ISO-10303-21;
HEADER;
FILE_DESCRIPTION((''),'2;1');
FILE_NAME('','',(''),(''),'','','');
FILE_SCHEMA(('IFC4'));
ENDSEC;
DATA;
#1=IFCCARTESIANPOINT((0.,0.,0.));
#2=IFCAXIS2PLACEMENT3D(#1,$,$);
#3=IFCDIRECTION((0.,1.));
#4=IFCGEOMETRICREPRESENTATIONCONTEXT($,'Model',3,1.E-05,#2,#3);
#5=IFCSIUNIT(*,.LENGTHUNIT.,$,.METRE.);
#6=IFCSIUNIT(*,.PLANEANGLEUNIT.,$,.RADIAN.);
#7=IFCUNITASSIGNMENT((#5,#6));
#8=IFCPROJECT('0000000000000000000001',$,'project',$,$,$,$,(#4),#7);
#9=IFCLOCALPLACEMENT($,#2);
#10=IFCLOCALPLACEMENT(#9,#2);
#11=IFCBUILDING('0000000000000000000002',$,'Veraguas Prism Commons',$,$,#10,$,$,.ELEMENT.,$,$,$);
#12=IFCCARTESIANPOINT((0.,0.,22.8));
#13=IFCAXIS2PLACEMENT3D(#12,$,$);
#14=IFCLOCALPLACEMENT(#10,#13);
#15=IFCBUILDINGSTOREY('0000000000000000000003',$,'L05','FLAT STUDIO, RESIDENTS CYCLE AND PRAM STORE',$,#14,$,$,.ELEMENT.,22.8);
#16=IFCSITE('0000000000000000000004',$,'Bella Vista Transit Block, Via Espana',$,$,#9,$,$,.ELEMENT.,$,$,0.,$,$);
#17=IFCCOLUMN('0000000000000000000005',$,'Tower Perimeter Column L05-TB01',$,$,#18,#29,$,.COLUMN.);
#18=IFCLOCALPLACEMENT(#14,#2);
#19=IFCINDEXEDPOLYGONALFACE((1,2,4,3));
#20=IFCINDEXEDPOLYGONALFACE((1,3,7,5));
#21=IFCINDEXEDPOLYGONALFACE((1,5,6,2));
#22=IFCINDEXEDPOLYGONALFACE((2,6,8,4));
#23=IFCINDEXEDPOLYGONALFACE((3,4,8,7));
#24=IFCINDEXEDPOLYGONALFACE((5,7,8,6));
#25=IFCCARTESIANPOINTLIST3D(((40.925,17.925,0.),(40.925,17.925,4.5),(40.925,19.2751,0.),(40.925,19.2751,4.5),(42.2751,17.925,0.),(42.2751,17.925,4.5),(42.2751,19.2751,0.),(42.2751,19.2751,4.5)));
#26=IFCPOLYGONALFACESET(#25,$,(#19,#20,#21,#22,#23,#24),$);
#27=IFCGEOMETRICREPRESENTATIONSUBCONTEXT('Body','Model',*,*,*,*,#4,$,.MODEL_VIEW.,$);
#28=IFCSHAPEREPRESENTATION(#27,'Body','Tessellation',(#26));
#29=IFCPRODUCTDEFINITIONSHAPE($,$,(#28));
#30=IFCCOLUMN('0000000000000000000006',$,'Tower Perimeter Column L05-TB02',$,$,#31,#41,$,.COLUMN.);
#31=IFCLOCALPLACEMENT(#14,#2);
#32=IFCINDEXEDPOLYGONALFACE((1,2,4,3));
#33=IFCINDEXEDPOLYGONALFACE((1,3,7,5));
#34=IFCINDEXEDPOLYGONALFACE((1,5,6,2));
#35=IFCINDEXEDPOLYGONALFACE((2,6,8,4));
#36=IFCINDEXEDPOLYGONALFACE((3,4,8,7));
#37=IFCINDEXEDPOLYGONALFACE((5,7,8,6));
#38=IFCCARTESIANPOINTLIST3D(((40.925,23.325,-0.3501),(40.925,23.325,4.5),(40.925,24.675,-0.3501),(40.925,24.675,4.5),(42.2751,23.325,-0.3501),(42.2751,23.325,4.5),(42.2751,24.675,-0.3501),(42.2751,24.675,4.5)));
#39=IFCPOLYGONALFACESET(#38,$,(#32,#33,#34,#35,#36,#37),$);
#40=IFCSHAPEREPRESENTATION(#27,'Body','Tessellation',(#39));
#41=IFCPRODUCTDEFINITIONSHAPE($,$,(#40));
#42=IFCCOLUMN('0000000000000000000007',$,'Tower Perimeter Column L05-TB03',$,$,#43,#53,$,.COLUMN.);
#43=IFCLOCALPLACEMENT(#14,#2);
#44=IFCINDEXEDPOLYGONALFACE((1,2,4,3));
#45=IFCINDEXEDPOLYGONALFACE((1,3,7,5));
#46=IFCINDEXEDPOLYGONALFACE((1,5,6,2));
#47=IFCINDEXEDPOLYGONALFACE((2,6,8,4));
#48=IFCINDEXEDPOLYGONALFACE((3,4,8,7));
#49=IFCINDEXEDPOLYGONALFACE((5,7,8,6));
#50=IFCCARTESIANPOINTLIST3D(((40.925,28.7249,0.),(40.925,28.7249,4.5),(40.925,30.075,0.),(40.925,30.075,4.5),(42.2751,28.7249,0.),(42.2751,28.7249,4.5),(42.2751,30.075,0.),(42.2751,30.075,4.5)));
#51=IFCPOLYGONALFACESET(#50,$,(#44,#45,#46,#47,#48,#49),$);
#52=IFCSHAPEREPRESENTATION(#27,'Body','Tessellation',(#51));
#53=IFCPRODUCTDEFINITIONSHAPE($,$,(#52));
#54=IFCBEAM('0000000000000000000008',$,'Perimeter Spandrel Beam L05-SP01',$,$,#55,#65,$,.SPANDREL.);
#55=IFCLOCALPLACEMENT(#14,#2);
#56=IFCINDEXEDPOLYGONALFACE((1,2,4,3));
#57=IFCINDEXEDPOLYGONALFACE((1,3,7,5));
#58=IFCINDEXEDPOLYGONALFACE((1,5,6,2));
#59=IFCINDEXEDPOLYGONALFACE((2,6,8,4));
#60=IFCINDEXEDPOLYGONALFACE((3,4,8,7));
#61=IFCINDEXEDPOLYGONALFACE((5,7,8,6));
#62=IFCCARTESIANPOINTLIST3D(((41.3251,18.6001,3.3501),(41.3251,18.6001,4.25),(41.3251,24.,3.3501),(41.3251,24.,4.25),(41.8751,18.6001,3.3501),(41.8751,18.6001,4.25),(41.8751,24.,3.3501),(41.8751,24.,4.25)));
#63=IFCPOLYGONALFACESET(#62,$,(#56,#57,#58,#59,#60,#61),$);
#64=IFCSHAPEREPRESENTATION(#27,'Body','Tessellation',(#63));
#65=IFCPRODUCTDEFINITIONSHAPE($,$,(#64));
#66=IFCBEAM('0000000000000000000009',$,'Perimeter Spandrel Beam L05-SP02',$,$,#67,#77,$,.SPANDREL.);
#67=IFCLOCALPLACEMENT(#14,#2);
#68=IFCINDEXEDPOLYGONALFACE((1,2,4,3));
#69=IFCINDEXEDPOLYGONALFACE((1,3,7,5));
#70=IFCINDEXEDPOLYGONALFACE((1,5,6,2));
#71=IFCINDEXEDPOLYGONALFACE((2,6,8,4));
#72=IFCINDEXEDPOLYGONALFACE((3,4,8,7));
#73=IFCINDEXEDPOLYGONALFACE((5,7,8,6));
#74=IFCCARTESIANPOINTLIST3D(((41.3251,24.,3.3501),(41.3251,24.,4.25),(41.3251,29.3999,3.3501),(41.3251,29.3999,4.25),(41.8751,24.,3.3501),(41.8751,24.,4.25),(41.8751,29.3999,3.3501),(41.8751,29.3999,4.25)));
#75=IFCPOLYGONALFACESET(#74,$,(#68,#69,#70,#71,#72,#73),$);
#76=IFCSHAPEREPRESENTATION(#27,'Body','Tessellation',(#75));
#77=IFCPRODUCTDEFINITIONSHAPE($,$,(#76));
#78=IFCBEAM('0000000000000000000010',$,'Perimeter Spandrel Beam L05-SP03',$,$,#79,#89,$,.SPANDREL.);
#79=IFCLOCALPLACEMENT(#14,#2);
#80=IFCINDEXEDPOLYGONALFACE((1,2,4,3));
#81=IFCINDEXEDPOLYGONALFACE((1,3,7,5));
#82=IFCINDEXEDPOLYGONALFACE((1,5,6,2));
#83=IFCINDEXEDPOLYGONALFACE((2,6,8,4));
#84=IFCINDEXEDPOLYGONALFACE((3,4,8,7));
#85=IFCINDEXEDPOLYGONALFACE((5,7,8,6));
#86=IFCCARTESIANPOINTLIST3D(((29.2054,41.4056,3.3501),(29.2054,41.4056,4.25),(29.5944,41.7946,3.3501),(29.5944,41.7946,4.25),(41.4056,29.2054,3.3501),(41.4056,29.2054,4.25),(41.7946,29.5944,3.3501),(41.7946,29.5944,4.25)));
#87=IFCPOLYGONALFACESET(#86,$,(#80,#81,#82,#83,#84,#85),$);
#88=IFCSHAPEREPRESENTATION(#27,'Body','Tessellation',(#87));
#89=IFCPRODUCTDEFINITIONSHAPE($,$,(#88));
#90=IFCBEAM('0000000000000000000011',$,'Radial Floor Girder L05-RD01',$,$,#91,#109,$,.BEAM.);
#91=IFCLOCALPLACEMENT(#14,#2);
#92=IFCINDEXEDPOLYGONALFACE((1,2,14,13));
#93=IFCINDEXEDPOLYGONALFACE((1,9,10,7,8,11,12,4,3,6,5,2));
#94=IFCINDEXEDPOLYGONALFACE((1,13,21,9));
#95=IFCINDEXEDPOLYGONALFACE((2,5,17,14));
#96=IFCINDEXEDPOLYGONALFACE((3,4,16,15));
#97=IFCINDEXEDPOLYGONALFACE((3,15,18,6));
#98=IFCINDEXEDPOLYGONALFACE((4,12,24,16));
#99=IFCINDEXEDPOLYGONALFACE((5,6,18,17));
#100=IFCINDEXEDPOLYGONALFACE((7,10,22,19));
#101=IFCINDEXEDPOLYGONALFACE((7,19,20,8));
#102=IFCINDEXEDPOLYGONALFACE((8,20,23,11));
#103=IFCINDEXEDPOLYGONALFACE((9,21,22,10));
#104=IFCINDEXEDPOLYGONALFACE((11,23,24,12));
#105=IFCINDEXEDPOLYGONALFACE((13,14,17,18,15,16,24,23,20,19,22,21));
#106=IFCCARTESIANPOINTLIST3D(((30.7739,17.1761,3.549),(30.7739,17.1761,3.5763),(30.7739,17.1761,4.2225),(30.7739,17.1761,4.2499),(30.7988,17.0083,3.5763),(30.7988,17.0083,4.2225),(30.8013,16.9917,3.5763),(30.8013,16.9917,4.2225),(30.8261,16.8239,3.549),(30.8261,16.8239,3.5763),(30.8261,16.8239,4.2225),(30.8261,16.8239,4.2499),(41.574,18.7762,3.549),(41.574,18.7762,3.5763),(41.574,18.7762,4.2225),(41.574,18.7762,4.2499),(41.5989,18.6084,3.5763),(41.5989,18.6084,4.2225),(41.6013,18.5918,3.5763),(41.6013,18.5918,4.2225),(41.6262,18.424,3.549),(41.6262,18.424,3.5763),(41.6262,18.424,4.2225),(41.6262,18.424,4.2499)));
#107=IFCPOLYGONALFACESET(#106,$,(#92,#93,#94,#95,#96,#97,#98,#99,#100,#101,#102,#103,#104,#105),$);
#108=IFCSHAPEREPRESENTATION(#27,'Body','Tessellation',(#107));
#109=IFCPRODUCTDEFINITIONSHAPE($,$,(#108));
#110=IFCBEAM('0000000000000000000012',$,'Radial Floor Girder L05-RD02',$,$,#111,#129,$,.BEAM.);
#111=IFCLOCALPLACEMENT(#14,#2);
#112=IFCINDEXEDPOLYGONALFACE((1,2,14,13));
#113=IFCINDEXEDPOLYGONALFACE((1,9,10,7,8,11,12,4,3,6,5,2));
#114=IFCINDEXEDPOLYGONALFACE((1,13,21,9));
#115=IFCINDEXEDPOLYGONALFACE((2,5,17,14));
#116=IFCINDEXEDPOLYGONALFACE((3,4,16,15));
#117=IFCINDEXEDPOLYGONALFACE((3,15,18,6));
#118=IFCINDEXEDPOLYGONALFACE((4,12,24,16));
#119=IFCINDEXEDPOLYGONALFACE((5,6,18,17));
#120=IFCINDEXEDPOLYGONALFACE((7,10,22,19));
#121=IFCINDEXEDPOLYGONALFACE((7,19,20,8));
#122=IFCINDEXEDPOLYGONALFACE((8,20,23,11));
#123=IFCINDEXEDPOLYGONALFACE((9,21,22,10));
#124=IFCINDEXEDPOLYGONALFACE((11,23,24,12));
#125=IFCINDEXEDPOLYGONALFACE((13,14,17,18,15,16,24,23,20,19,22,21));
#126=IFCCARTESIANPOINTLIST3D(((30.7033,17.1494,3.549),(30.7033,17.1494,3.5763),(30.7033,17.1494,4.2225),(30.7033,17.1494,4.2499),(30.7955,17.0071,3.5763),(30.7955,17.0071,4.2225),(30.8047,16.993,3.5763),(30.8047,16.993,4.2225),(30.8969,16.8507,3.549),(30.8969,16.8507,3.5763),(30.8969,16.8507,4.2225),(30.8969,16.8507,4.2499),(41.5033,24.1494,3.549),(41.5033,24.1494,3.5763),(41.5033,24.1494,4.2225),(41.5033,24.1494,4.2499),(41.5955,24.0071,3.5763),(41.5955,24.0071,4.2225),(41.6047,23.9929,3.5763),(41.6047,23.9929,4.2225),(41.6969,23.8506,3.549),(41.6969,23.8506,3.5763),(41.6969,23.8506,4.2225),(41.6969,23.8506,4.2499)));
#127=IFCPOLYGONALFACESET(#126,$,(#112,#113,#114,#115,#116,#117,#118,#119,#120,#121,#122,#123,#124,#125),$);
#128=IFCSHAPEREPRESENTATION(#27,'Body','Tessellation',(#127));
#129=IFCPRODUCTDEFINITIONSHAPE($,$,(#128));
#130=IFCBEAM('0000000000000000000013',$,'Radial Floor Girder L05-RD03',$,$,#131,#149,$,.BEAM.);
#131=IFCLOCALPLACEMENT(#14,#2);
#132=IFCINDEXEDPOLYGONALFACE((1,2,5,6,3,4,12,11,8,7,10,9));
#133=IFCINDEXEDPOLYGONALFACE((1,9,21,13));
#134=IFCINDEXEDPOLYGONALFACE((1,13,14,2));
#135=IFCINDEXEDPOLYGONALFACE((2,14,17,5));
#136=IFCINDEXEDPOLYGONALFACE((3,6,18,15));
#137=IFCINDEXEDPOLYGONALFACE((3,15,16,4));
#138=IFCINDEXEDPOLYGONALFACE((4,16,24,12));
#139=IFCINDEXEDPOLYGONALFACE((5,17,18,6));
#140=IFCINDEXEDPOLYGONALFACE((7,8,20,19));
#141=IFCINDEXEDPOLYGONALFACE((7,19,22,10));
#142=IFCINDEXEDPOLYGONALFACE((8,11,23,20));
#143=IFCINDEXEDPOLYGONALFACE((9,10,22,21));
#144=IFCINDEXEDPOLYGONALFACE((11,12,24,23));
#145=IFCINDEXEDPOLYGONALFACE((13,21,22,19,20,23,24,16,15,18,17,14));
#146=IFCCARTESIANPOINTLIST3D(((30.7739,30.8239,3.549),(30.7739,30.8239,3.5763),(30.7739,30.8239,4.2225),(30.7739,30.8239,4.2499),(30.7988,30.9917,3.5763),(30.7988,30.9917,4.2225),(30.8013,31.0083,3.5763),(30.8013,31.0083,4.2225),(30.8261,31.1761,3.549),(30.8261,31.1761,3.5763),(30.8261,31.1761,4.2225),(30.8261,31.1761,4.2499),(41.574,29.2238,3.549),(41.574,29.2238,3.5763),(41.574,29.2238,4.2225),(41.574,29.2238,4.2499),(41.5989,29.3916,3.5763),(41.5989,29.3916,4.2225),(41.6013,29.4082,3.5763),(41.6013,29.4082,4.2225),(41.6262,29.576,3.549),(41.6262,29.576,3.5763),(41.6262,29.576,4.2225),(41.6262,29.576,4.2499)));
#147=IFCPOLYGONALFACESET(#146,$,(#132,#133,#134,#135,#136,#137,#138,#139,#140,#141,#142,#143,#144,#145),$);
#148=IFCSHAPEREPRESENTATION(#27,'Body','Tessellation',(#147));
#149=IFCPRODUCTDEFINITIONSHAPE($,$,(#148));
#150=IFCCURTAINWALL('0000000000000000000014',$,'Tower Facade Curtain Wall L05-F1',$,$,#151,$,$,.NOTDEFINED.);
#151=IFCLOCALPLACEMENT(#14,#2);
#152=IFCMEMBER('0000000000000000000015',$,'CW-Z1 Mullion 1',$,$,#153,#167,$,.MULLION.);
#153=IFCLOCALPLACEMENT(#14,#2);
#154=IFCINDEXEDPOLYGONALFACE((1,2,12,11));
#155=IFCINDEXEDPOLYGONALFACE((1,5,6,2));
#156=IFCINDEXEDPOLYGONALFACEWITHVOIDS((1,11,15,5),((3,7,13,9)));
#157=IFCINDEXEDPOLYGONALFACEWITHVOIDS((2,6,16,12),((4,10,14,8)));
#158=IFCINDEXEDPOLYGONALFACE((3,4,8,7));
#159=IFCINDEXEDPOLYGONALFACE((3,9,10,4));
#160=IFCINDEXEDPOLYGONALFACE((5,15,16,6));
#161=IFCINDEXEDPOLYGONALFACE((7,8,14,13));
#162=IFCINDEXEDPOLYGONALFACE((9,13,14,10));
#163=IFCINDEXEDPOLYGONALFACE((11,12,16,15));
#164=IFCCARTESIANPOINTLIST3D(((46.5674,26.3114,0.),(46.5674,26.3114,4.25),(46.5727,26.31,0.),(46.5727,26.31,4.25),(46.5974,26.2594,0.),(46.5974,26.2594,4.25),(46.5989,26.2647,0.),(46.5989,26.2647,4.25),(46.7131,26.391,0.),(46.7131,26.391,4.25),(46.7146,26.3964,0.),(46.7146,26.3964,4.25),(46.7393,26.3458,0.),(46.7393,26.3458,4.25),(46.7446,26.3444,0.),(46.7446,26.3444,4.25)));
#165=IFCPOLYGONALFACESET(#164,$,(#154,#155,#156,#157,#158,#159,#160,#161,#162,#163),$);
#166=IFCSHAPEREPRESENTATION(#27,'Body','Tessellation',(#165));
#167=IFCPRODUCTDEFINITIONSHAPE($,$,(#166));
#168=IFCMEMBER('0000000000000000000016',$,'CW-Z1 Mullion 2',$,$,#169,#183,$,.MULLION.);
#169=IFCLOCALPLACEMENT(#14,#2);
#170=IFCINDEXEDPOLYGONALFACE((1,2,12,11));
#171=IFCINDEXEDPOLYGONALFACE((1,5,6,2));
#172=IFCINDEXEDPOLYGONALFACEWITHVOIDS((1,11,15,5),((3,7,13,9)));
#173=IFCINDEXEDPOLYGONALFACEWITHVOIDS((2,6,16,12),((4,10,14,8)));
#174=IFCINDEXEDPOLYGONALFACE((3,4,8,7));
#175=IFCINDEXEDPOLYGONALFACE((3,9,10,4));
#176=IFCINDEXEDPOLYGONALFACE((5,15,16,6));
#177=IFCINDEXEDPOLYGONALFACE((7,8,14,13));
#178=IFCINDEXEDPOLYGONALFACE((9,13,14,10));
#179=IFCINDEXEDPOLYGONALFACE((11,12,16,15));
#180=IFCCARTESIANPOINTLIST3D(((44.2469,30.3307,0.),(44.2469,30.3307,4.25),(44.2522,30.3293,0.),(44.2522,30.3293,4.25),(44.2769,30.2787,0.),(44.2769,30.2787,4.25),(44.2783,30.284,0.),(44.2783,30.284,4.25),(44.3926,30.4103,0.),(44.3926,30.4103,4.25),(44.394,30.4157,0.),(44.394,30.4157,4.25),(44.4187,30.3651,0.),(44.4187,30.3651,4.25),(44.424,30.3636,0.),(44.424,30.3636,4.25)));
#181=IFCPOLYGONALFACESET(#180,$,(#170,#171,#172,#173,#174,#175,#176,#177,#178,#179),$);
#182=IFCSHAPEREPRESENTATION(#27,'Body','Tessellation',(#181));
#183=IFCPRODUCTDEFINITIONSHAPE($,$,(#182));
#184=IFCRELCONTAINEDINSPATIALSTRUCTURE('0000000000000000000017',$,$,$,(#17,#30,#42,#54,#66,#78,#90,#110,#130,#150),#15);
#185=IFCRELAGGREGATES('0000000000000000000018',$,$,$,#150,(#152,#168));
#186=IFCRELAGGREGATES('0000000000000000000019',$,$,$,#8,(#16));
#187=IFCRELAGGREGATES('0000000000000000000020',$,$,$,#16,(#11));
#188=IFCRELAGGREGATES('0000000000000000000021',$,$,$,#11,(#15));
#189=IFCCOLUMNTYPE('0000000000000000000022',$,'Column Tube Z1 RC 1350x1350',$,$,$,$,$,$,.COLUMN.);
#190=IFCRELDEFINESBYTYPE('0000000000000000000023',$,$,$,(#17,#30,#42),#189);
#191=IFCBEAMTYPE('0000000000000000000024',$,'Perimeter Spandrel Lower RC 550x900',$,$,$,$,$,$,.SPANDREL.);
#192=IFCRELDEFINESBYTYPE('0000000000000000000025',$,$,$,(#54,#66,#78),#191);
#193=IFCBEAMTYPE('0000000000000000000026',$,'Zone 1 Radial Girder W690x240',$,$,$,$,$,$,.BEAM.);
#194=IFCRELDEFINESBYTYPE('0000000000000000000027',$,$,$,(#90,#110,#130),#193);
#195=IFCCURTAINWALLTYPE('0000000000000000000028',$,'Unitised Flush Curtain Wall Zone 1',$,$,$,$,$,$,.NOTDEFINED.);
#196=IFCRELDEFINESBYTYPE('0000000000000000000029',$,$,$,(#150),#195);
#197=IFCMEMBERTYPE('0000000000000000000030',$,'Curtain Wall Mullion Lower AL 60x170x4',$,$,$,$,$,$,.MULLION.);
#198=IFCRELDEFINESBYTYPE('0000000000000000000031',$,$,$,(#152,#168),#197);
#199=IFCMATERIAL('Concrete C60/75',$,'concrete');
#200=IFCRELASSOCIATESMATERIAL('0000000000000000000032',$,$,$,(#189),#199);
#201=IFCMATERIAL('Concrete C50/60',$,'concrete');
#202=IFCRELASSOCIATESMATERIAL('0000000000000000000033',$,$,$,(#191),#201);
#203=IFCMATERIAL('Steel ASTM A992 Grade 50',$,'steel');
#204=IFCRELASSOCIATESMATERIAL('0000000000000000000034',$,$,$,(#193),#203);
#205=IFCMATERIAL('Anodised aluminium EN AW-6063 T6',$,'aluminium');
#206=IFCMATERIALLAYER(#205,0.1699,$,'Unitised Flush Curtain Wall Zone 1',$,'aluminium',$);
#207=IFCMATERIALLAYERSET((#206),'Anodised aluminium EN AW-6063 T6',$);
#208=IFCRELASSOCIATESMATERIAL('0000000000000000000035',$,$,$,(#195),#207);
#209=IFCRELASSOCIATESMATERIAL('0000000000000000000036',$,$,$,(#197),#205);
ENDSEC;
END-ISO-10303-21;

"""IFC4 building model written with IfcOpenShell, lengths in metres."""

from ifc_helpers import new_model, si_unit, direction, frame, origin, origin_2d, place, context, subcontext, project, spatial, rectangle, hollow_rectangle, i_section, extrude, source, transform, mapped, material, layer, layer_set, material_profile, profile_set, type_object, element, aggregate, save


model = new_model("IFC4")

# Units and contexts
model_context = context("Model", 3, precision=1e-05, world=origin(), true_north=direction((0.0, 1.0)))
body_context = subcontext(model_context, "Body", "Model", "MODEL_VIEW")
ifc_project = project(units=[si_unit("LENGTHUNIT", "METRE"), si_unit("PLANEANGLEUNIT", "RADIAN")], contexts=[model_context])

# Site, building, storey
site_placement = place(None, origin())
site = spatial("IfcSite", under=ifc_project, at=site_placement, Name="Bella Vista Transit Block, Via Espana", CompositionType="ELEMENT", RefElevation=0.0)
building_placement = place(site_placement, origin())
building = spatial("IfcBuilding", under=site, at=building_placement, Name="Veraguas Prism Commons", CompositionType="ELEMENT")
storey_placement = place(building_placement, frame((0.0, 0.0, 22.8)))
storey = spatial("IfcBuildingStorey", under=building, at=storey_placement, Name="L05", Description="FLAT STUDIO, RESIDENTS CYCLE AND PRAM STORE", CompositionType="ELEMENT", Elevation=22.8)

# Columns
ifc_material_1 = material(Name="Concrete C60/75", Category="concrete")
ifc_material_profile_1 = material_profile(ifc_material_1, rectangle(XDim=1.3501, YDim=1.3501, at=origin_2d()), Name="RC1350X1350")
ifc_profile_set_1 = profile_set([ifc_material_profile_1], Name="Concrete C60/75")
column_type = type_object("IfcColumnType", Name="Column Tube Z1 RC 1350x1350", PredefinedType="COLUMN", material=ifc_profile_set_1)
column_1_placement = place(storey_placement, frame((41.6001, 18.6001, 0.0), z_axis=(0.0, 0.0, 1.0), x_axis=(1.0, 0.0, 0.0)))
element("IfcColumn", 1, at=column_1_placement, inside=storey, type_object=column_type, Name="Tower Perimeter Column L05-TB01", PredefinedType="COLUMN", context=body_context, shape_type="SweptSolid", body=[
    extrude(rectangle(XDim=1.3501, YDim=1.3501, at=origin_2d()), origin(), (0.0, 0.0, 1.0), 4.5),
])
column_2_placement = place(storey_placement, frame((41.6001, 24.0, -0.3501), z_axis=(0.0, 0.0, 1.0), x_axis=(1.0, 0.0, 0.0)))
element("IfcColumn", 2, at=column_2_placement, inside=storey, type_object=column_type, Name="Tower Perimeter Column L05-TB02", PredefinedType="COLUMN", context=body_context, shape_type="SweptSolid", body=[
    extrude(rectangle(XDim=1.3501, YDim=1.3501, at=origin_2d()), origin(), (0.0, 0.0, 1.0), 4.8501),
])
column_3_placement = place(storey_placement, frame((41.6001, 29.3999, 0.0), z_axis=(0.0, 0.0, 1.0), x_axis=(1.0, 0.0, 0.0)))
element("IfcColumn", 3, at=column_3_placement, inside=storey, type_object=column_type, Name="Tower Perimeter Column L05-TB03", PredefinedType="COLUMN", context=body_context, shape_type="SweptSolid", body=[
    extrude(rectangle(XDim=1.3501, YDim=1.3501, at=origin_2d()), origin(), (0.0, 0.0, 1.0), 4.5),
])

# Beams
ifc_material_2 = material(Name="Concrete C50/60", Category="concrete")
ifc_material_profile_2 = material_profile(ifc_material_2, rectangle(XDim=0.55, YDim=0.8999, at=origin_2d()), Name="RC550X900")
ifc_profile_set_2 = profile_set([ifc_material_profile_2], Name="Concrete C50/60")
beam_type_1 = type_object("IfcBeamType", Name="Perimeter Spandrel Lower RC 550x900", PredefinedType="SPANDREL", material=ifc_profile_set_2)
for number, where, z_axis, x_axis, name in (
    (4, (41.6001, 18.6001, 3.8), (0.0, 1.0, 0.0), (-1.0, 0.0, 0.0), "Perimeter Spandrel Beam L05-SP01"),
    (5, (41.6001, 24.0, 3.8), (0.0, 1.0, 0.0), (-1.0, 0.0, 0.0), "Perimeter Spandrel Beam L05-SP02"),
):
    element("IfcBeam", number, at=place(storey_placement, frame(where, z_axis=z_axis, x_axis=x_axis)), inside=storey, type_object=beam_type_1, Name=name, PredefinedType="SPANDREL", context=body_context, shape_type="SweptSolid", body=[
        extrude(rectangle(XDim=0.55, YDim=0.8999, at=origin_2d()), origin(), (0.0, 0.0, 1.0), 5.3999),
    ])
beam_1_placement = place(storey_placement, frame((41.6001, 29.3999, 3.8), z_axis=(-0.707107, 0.707107, 0.0), x_axis=(-0.707107, -0.707107, 0.0)))
element("IfcBeam", 6, at=beam_1_placement, inside=storey, type_object=beam_type_1, Name="Perimeter Spandrel Beam L05-SP03", PredefinedType="SPANDREL", context=body_context, shape_type="SweptSolid", body=[
    extrude(rectangle(XDim=0.55, YDim=0.8999, at=origin_2d()), origin(), (0.0, 0.0, 1.0), 17.2537),
])
ifc_material_3 = material(Name="Steel ASTM A992 Grade 50", Category="steel")
ifc_material_profile_3 = material_profile(ifc_material_3, i_section(OverallWidth=0.356, OverallDepth=0.7009, WebThickness=0.0168, FlangeThickness=0.0273, at=origin_2d()), Name="W690X240")
ifc_profile_set_3 = profile_set([ifc_material_profile_3], Name="Steel ASTM A992 Grade 50")
beam_type_2 = type_object("IfcBeamType", Name="Zone 1 Radial Girder W690x240", PredefinedType="BEAM", material=ifc_profile_set_3)
beam_2_placement = place(storey_placement, frame((41.6001, 18.6001, 3.8994), z_axis=(-0.989202, -0.146557, 0.0), x_axis=(0.146557, -0.989202, 0.0)))
element("IfcBeam", 7, at=beam_2_placement, inside=storey, type_object=beam_type_2, Name="Radial Floor Girder L05-RD01", PredefinedType="BEAM", context=body_context, shape_type="SweptSolid", body=[
    extrude(i_section(OverallWidth=0.356, OverallDepth=0.7009, WebThickness=0.0168, FlangeThickness=0.0273, at=origin_2d()), origin(), (0.0, 0.0, 1.0), 10.918),
])
beam_3_placement = place(storey_placement, frame((41.6001, 24.0, 3.8994), z_axis=(-0.839154, -0.543894, 0.0), x_axis=(0.543894, -0.839154, 0.0)))
element("IfcBeam", 8, at=beam_3_placement, inside=storey, type_object=beam_type_2, Name="Radial Floor Girder L05-RD02", PredefinedType="BEAM", context=body_context, shape_type="SweptSolid", body=[
    extrude(i_section(OverallWidth=0.356, OverallDepth=0.7009, WebThickness=0.0168, FlangeThickness=0.0273, at=origin_2d()), origin(), (0.0, 0.0, 1.0), 12.8701),
])
beam_4_placement = place(storey_placement, frame((41.6001, 29.3999, 3.8994), z_axis=(-0.989202, 0.146557, 0.0), x_axis=(-0.146557, -0.989202, 0.0)))
element("IfcBeam", 9, at=beam_4_placement, inside=storey, type_object=beam_type_2, Name="Radial Floor Girder L05-RD03", PredefinedType="BEAM", context=body_context, shape_type="SweptSolid", body=[
    extrude(i_section(OverallWidth=0.356, OverallDepth=0.7009, WebThickness=0.0168, FlangeThickness=0.0273, at=origin_2d()), origin(), (0.0, 0.0, 1.0), 10.918),
])

# Curtain wall, members
ifc_material_4 = material(Name="Anodised aluminium EN AW-6063 T6", Category="aluminium")
ifc_layer_1 = layer(ifc_material_4, 0.1699, Name="Unitised Flush Curtain Wall Zone 1", Category="aluminium")
ifc_layer_set_1 = layer_set([ifc_layer_1], Name="Anodised aluminium EN AW-6063 T6")
curtain_wall_type = type_object("IfcCurtainWallType", Name="Unitised Flush Curtain Wall Zone 1", PredefinedType="NOTDEFINED", material=ifc_layer_set_1)
curtain_wall_1_placement = place(storey_placement, origin())
curtain_wall_1 = element("IfcCurtainWall", 10, at=curtain_wall_1_placement, inside=storey, type_object=curtain_wall_type, Name="Tower Facade Curtain Wall L05-F1", PredefinedType="NOTDEFINED")
ifc_material_profile_4 = material_profile(ifc_material_4, hollow_rectangle(XDim=0.0601, YDim=0.1699, WallThickness=0.0039, at=origin_2d()), Name="AL60X170X4")
ifc_profile_set_4 = profile_set([ifc_material_profile_4], Name="Anodised aluminium EN AW-6063 T6")
member_type_1 = type_object("IfcMemberType", Name="Curtain Wall Mullion Lower AL 60x170x4", PredefinedType="MULLION", material=ifc_profile_set_4)
shared_shape_1 = source(origin(), body_context, "Body", "SweptSolid", [
    extrude(hollow_rectangle(XDim=0.0601, YDim=0.1699, WallThickness=0.0039, at=origin_2d()), origin(), (0.0, 0.0, 1.0), 4.25),
])
member_1_placement = place(storey_placement, frame((46.656, 26.3279, 0.0), z_axis=(0.0, 0.0, 1.0), x_axis=(-0.500005, 0.866023, 0.0)))
member_1 = element("IfcMember", 11, at=member_1_placement, type_object=member_type_1, Name="CW-Z1 Mullion 1", PredefinedType="MULLION", context=body_context, shape_type="MappedRepresentation", body=[
    mapped(shared_shape_1, transform((0.0, 0.0, 0.0), scale=1.0)),
])
member_2_placement = place(storey_placement, frame((44.3354, 30.3472, 0.0), z_axis=(0.0, 0.0, 1.0), x_axis=(-0.500005, 0.866023, 0.0)))
member_2 = element("IfcMember", 12, at=member_2_placement, type_object=member_type_1, Name="CW-Z1 Mullion 2", PredefinedType="MULLION", context=body_context, shape_type="MappedRepresentation", body=[
    mapped(shared_shape_1, transform((0.0, 0.0, 0.0), scale=1.0)),
])

aggregate(curtain_wall_1, [member_1, member_2])

save(model, "model.ifc")
